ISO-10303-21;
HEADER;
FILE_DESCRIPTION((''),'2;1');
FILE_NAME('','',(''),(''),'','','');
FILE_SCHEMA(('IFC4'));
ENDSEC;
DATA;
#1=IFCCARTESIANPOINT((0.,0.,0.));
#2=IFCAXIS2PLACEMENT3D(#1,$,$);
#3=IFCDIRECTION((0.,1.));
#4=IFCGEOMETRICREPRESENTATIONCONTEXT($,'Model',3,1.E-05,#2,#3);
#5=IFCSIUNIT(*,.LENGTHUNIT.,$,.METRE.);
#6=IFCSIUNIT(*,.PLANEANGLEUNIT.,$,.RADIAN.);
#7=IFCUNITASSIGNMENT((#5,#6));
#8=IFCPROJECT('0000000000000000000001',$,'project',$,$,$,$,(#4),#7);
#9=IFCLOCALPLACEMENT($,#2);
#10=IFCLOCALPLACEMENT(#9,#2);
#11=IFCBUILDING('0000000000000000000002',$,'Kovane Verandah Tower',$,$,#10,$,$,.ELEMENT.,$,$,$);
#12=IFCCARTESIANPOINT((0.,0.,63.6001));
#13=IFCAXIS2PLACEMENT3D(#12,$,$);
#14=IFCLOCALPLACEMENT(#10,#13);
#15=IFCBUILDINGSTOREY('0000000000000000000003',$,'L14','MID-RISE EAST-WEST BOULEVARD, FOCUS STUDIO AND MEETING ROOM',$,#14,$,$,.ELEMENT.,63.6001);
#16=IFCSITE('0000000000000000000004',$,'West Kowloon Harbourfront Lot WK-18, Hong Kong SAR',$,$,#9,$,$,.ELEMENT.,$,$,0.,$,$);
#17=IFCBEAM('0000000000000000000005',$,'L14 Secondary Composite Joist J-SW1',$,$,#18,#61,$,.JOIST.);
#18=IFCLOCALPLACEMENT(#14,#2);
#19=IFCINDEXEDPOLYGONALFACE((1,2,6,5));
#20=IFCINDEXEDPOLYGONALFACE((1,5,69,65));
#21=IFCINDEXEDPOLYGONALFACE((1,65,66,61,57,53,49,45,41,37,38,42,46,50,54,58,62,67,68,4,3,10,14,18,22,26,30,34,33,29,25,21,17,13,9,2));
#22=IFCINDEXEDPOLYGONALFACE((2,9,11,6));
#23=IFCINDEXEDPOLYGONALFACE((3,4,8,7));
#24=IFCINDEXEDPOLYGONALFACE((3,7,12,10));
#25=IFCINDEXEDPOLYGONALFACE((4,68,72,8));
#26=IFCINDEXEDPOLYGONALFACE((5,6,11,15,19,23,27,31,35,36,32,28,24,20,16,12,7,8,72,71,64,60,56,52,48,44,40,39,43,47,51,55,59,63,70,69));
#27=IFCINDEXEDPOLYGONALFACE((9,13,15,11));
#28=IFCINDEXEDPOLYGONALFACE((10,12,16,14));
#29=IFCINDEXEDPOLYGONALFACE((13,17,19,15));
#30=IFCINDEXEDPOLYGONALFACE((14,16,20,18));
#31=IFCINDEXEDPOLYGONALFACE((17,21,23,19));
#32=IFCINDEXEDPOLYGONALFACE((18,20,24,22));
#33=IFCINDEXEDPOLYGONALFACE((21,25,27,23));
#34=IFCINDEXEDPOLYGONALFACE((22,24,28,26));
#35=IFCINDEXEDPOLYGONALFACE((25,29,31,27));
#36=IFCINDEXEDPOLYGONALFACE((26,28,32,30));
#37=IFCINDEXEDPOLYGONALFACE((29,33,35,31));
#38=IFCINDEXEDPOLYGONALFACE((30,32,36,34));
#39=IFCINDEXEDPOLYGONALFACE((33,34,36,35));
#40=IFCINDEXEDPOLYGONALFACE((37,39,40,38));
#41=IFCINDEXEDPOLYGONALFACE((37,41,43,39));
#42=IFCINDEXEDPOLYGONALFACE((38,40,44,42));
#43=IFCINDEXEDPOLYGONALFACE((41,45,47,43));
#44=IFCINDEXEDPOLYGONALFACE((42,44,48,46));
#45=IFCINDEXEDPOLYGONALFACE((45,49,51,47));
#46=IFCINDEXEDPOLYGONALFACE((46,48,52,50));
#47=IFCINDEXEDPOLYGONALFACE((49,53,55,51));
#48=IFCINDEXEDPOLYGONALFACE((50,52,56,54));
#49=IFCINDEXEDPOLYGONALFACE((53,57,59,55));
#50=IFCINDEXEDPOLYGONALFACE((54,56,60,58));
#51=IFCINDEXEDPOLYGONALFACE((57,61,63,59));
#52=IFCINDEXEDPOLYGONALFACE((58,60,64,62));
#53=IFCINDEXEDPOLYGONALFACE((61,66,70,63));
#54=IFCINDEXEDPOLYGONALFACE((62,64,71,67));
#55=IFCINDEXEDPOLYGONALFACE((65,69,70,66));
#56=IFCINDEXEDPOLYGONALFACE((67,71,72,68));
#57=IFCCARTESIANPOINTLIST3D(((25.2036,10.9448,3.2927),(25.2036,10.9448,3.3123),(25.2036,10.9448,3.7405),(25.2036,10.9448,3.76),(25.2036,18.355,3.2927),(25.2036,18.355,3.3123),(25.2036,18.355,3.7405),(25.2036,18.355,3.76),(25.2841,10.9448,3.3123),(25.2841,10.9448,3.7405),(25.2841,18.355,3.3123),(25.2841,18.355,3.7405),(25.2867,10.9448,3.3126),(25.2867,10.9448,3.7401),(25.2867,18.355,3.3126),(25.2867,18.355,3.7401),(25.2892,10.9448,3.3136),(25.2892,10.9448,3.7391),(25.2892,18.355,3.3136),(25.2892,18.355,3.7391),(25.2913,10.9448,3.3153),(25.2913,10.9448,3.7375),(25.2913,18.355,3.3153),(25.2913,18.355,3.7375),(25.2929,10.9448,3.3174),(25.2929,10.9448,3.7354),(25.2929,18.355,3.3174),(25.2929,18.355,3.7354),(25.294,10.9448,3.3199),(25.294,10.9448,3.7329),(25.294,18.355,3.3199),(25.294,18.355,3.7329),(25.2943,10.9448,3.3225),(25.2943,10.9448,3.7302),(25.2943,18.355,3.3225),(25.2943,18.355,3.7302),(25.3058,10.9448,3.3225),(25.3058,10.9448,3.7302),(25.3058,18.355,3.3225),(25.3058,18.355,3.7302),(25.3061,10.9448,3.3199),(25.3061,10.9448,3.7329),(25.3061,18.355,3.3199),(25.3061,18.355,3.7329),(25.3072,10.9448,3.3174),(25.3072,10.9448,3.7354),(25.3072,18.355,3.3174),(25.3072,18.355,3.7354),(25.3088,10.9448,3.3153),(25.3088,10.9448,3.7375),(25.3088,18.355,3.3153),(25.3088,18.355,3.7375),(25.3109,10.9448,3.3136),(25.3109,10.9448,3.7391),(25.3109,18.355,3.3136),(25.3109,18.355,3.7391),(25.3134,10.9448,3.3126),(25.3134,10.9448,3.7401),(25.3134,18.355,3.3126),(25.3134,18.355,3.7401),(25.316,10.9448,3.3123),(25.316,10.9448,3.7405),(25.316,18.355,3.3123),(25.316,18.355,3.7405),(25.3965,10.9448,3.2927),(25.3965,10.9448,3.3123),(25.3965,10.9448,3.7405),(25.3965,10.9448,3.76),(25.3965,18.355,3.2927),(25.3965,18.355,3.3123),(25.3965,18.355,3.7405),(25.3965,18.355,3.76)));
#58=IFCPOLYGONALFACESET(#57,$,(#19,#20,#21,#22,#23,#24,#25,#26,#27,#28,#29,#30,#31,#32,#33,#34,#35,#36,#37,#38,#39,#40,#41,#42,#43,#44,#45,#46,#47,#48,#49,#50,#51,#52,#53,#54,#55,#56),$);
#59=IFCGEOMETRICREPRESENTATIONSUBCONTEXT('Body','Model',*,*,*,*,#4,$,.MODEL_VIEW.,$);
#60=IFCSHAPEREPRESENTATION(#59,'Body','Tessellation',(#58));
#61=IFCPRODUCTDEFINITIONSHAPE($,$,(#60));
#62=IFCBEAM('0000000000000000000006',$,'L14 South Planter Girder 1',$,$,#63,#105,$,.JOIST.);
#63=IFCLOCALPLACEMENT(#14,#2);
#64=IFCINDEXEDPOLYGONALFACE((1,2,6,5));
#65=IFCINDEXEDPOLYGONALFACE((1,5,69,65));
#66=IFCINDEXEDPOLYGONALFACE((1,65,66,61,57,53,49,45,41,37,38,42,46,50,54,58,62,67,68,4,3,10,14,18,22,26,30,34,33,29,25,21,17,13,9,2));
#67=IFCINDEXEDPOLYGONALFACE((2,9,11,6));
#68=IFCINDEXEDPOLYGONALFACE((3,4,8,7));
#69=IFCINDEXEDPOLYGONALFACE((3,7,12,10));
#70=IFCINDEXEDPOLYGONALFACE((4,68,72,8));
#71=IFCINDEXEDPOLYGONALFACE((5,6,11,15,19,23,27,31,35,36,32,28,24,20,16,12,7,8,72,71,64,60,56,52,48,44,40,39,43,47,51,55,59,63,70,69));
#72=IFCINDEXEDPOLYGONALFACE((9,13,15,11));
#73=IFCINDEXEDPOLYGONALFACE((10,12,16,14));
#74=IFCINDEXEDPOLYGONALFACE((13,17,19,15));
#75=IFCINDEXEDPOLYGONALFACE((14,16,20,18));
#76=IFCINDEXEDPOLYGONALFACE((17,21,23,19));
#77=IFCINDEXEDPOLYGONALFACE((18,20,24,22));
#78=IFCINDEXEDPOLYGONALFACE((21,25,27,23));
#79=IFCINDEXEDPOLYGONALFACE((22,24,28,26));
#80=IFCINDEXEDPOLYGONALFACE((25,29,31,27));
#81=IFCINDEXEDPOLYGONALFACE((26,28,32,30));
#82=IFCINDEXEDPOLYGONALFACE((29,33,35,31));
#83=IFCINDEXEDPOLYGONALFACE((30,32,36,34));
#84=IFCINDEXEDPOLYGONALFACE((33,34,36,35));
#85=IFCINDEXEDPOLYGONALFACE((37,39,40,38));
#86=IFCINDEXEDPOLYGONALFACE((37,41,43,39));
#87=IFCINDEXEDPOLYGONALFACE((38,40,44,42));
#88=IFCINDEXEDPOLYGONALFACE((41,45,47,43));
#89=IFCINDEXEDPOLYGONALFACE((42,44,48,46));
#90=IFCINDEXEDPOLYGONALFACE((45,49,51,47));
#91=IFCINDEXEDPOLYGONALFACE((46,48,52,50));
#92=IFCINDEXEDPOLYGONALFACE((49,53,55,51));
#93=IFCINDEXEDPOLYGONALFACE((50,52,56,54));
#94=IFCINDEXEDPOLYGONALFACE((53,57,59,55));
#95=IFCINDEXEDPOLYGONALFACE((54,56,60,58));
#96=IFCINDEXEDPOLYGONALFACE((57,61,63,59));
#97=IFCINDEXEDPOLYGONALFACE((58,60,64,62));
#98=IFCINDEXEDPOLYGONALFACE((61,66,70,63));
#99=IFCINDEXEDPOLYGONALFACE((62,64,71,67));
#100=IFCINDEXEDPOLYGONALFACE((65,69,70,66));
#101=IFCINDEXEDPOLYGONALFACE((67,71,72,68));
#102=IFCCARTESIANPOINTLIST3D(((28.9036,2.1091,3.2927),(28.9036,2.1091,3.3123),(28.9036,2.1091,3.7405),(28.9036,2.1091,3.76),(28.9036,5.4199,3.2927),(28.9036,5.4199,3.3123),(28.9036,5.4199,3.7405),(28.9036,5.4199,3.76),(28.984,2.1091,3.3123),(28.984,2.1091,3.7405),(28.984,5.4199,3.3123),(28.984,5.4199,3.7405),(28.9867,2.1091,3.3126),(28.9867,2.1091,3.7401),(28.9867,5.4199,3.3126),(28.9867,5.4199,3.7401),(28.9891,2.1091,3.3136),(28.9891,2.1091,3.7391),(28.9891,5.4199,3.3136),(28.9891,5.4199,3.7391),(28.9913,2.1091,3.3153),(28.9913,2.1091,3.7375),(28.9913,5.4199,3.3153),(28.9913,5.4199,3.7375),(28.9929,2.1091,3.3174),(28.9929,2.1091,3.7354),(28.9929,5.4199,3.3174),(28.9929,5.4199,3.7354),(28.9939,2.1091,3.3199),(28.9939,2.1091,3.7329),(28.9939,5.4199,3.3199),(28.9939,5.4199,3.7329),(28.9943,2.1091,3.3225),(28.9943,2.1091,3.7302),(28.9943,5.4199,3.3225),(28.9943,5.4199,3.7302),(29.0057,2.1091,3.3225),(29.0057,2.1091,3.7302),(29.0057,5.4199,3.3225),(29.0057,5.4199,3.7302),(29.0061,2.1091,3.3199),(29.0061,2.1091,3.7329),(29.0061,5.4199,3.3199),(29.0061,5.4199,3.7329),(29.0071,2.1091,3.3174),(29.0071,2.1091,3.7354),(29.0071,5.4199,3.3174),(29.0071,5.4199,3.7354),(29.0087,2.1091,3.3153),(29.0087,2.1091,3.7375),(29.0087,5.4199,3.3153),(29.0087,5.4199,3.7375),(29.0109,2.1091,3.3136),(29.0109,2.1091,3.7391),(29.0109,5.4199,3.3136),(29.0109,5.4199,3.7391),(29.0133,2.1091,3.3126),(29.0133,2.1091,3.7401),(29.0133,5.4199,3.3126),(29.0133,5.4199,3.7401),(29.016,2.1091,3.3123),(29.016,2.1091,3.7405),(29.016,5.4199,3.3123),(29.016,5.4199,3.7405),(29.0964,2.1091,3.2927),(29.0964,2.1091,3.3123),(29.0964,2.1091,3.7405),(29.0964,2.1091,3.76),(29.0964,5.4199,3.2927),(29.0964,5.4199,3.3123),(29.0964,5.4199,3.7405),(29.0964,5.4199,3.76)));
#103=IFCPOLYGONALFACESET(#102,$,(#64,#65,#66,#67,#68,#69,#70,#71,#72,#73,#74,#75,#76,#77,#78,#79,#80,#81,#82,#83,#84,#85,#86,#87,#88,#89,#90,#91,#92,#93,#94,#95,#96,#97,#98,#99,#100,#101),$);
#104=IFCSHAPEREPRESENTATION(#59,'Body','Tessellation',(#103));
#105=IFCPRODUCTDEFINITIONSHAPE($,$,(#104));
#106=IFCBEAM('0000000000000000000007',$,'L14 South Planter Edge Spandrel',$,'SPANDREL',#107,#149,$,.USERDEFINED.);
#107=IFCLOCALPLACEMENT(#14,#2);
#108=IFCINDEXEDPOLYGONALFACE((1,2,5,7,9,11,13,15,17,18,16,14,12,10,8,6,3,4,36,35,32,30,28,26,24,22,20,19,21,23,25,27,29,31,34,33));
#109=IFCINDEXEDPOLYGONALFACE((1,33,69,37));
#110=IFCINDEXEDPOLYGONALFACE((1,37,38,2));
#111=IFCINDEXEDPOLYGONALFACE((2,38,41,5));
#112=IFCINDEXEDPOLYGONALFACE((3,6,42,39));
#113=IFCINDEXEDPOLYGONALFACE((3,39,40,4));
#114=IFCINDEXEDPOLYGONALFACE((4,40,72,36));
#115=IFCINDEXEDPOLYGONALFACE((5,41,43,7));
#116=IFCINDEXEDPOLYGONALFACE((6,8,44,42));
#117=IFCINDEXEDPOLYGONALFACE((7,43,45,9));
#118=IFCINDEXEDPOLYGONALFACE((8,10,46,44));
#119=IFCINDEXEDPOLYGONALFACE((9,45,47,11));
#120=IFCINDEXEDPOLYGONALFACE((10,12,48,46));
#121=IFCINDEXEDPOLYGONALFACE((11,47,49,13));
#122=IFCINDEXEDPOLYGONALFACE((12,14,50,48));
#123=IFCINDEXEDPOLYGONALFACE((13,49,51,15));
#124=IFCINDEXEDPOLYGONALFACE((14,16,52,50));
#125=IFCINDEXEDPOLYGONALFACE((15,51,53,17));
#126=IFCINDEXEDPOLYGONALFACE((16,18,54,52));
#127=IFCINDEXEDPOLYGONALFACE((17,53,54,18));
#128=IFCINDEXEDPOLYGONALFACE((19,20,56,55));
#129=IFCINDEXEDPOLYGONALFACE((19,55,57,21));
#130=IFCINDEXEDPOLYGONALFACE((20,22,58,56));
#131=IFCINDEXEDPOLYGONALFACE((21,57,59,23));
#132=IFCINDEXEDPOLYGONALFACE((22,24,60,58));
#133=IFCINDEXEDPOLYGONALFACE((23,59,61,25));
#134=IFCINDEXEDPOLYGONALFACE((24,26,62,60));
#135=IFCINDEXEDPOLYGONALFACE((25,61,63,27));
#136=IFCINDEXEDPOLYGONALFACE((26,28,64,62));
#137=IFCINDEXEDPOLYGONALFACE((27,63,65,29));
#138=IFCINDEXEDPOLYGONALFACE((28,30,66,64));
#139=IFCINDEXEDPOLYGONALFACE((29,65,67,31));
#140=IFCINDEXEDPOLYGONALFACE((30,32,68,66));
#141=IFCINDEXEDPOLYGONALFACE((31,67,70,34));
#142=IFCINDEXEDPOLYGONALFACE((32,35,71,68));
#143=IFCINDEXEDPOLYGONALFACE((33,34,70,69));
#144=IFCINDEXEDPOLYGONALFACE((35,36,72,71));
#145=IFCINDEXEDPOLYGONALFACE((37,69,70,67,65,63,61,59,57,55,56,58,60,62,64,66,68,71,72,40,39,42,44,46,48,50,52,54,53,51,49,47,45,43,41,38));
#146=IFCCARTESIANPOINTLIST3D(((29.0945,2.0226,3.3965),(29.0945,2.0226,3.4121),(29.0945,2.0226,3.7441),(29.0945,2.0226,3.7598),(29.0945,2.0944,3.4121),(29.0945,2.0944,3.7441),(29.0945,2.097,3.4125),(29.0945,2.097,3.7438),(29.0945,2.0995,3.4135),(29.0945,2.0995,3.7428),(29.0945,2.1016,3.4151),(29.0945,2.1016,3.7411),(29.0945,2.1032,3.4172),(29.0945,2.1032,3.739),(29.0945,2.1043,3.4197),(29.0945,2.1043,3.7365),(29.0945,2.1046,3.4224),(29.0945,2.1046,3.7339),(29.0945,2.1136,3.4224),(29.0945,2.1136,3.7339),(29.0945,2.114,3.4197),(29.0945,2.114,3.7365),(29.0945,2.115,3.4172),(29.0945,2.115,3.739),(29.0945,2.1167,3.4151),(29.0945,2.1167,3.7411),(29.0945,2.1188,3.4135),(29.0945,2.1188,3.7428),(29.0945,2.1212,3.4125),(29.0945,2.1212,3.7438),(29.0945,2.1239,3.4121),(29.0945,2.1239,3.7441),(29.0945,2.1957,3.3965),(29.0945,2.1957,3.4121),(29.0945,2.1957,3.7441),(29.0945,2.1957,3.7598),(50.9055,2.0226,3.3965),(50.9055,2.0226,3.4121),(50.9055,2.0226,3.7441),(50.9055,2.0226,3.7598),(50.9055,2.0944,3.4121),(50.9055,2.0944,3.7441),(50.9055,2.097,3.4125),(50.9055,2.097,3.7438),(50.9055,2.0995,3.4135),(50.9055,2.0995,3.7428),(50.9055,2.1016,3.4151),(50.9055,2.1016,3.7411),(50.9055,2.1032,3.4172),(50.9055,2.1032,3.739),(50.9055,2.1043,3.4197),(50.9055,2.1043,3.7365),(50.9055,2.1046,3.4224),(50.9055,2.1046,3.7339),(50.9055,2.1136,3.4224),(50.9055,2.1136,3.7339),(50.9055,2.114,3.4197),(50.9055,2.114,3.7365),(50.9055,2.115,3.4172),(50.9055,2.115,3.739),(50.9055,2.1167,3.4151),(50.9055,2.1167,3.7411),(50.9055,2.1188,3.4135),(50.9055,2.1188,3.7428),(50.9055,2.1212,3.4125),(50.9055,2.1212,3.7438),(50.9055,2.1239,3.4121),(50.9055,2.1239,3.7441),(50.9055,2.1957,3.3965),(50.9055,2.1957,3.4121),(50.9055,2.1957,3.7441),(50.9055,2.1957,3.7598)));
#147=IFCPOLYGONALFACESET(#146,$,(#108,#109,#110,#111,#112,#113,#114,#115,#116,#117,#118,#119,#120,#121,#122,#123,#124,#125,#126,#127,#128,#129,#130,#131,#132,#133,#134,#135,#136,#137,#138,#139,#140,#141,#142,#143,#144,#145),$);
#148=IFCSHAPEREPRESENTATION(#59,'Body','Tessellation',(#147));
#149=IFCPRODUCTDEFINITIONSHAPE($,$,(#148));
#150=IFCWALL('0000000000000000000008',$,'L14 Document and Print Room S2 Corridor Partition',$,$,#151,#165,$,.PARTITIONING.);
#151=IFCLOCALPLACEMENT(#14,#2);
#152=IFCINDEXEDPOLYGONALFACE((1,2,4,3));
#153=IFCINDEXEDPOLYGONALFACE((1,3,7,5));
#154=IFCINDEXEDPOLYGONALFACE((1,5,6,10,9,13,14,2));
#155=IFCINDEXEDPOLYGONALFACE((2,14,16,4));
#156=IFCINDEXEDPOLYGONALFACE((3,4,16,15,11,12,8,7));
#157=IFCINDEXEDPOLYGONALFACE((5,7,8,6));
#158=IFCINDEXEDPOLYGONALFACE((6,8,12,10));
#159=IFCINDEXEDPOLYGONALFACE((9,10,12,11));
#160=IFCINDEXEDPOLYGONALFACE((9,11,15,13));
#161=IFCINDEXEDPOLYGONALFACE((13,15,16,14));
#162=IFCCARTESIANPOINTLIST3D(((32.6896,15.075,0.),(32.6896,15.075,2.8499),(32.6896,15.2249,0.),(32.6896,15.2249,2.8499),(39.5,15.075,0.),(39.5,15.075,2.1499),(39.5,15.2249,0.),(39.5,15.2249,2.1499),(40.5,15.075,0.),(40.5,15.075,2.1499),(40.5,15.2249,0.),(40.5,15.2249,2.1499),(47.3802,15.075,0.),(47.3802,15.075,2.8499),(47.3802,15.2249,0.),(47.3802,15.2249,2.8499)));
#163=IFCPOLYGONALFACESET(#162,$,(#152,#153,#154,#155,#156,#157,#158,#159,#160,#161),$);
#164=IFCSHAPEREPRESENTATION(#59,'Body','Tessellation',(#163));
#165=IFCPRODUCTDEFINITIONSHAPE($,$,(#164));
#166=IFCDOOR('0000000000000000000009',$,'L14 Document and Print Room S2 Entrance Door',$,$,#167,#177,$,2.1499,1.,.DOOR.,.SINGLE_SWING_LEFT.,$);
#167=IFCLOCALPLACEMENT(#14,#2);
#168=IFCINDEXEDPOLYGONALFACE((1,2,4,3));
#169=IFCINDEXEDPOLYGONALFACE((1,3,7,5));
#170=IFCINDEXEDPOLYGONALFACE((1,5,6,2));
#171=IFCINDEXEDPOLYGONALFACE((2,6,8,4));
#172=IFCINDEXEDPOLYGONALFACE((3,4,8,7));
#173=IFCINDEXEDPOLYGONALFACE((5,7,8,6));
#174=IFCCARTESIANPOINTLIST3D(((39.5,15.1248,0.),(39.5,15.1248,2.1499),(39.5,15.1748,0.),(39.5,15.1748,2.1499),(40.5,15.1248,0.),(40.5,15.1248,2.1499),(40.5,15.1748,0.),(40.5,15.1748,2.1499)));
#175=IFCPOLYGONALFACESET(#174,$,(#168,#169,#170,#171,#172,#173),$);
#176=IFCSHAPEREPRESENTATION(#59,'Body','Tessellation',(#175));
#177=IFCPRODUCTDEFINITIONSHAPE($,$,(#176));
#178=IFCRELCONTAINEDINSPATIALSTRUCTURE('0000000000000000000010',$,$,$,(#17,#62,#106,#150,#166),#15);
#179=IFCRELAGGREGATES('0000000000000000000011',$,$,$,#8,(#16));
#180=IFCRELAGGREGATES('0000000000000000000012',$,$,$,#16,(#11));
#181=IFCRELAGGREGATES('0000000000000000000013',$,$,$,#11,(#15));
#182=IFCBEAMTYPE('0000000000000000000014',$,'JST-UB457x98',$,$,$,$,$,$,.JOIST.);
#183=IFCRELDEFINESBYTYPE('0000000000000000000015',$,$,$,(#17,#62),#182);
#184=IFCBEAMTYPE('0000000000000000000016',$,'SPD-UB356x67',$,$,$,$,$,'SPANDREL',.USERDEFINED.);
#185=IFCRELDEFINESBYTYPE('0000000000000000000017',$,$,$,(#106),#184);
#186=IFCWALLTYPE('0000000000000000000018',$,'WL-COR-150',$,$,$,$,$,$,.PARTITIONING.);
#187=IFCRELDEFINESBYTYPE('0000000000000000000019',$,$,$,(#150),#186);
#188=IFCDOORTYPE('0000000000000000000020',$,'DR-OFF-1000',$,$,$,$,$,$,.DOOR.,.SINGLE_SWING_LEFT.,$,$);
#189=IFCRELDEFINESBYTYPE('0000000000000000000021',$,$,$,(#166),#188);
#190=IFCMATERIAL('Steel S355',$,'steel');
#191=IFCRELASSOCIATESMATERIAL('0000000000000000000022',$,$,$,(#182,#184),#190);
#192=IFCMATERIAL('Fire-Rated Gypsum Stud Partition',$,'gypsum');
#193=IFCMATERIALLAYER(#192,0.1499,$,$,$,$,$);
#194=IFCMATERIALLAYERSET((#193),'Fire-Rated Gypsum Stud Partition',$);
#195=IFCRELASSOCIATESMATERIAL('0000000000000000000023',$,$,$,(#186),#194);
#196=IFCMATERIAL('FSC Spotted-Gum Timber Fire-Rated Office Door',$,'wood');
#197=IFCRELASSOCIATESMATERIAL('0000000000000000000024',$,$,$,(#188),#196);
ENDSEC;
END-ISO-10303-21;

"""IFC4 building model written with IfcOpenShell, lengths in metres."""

from ifc_helpers import new_model, si_unit, direction, frame, frame_2d, origin, origin_2d, place, context, subcontext, project, spatial, rectangle, i_section, extrude, material, layer, layer_set, material_profile, profile_set, type_object, element, fill, save


model = new_model("IFC4")

# Units and contexts
model_context = context("Model", 3, precision=1e-05, world=origin(), true_north=direction((0.0, 1.0)))
body_context = subcontext(model_context, "Body", "Model", "MODEL_VIEW")
ifc_project = project(units=[si_unit("LENGTHUNIT", "METRE"), si_unit("PLANEANGLEUNIT", "RADIAN")], contexts=[model_context])

# Site, building, storey
site_placement = place(None, origin())
site = spatial("IfcSite", under=ifc_project, at=site_placement, Name="West Kowloon Harbourfront Lot WK-18, Hong Kong SAR", CompositionType="ELEMENT", RefElevation=0.0)
building_placement = place(site_placement, origin())
building = spatial("IfcBuilding", under=site, at=building_placement, Name="Kovane Verandah Tower", CompositionType="ELEMENT")
storey_placement = place(building_placement, frame((0.0, 0.0, 63.6001)))
storey = spatial("IfcBuildingStorey", under=building, at=storey_placement, Name="L14", Description="MID-RISE EAST-WEST BOULEVARD, FOCUS STUDIO AND MEETING ROOM", CompositionType="ELEMENT", Elevation=63.6001)

# Beams
ifc_material_1 = material(Name="Steel S355", Category="steel")
ifc_material_profile_1 = material_profile(ifc_material_1, i_section(OverallWidth=0.1929, OverallDepth=0.4673, WebThickness=0.0115, FlangeThickness=0.0195, FilletRadius=0.0103, at=origin_2d()), Name="UB457x191x98")
ifc_profile_set_1 = profile_set([ifc_material_profile_1], Name="Steel S355")
beam_type_1 = type_object("IfcBeamType", Name="JST-UB457x98", PredefinedType="JOIST", material=ifc_profile_set_1)
beam_1_placement = place(storey_placement, frame((25.3, 10.9448, 3.5264), z_axis=(0.0, 1.0, 0.0), x_axis=(-1.0, 0.0, 0.0)))
element("IfcBeam", 1, at=beam_1_placement, inside=storey, type_object=beam_type_1, Name="L14 Secondary Composite Joist J-SW1", PredefinedType="JOIST", context=body_context, shape_type="SweptSolid", body=[
    extrude(i_section(OverallWidth=0.1929, OverallDepth=0.4673, WebThickness=0.0115, FlangeThickness=0.0195, FilletRadius=0.0103, at=origin_2d()), origin(), (0.0, 0.0, 1.0), 7.4102),
])
beam_2_placement = place(storey_placement, frame((29.0, 5.4199, 3.5264), z_axis=(0.0, -1.0, 0.0), x_axis=(1.0, 0.0, 0.0)))
element("IfcBeam", 2, at=beam_2_placement, inside=storey, type_object=beam_type_1, Name="L14 South Planter Girder 1", PredefinedType="JOIST", context=body_context, shape_type="SweptSolid", body=[
    extrude(i_section(OverallWidth=0.1929, OverallDepth=0.4673, WebThickness=0.0115, FlangeThickness=0.0195, FilletRadius=0.0103, at=origin_2d()), origin(), (0.0, 0.0, 1.0), 3.3108),
])
ifc_material_profile_2 = material_profile(ifc_material_1, i_section(OverallWidth=0.1731, OverallDepth=0.3633, WebThickness=0.009, FlangeThickness=0.0156, FilletRadius=0.0103, at=origin_2d()), Name="UB356x171x67")
ifc_profile_set_2 = profile_set([ifc_material_profile_2], Name="Steel S355")
beam_type_2 = type_object("IfcBeamType", Name="SPD-UB356x67", ElementType="SPANDREL", PredefinedType="USERDEFINED", material=ifc_profile_set_2)
beam_3_placement = place(storey_placement, frame((29.0945, 2.1091, 3.5781), z_axis=(1.0, 0.0, 0.0), x_axis=(0.0, 1.0, 0.0)))
element("IfcBeam", 3, at=beam_3_placement, inside=storey, type_object=beam_type_2, Name="L14 South Planter Edge Spandrel", ObjectType="SPANDREL", PredefinedType="USERDEFINED", context=body_context, shape_type="SweptSolid", body=[
    extrude(i_section(OverallWidth=0.1731, OverallDepth=0.3633, WebThickness=0.009, FlangeThickness=0.0156, FilletRadius=0.0103, at=origin_2d()), origin(), (0.0, 0.0, 1.0), 21.811),
])

# Wall, opening, door
ifc_material_2 = material(Name="Fire-Rated Gypsum Stud Partition", Category="gypsum")
ifc_layer_1 = layer(ifc_material_2, 0.1499)
ifc_layer_set_1 = layer_set([ifc_layer_1], Name="Fire-Rated Gypsum Stud Partition")
wall_type_1 = type_object("IfcWallType", Name="WL-COR-150", PredefinedType="PARTITIONING", material=ifc_layer_set_1)
wall_1_placement = place(storey_placement, frame((32.6897, 15.1499, 0.0), z_axis=(0.0, 0.0, 1.0), x_axis=(1.0, 0.0, 0.0)))
wall_1 = element("IfcWall", 4, at=wall_1_placement, inside=storey, type_object=wall_type_1, Name="L14 Document and Print Room S2 Corridor Partition", PredefinedType="PARTITIONING", context=body_context, shape_type="SweptSolid", body=[
    extrude(rectangle(XDim=14.6907, YDim=0.1499, at=frame_2d((7.3452, 0.0))), origin(), (0.0, 0.0, 1.0), 2.8499),
])
opening_1_placement = place(wall_1_placement, frame((6.8103, 0.0, 0.0)))
opening_1 = element("IfcOpeningElement", 5, at=opening_1_placement, cuts=wall_1, PredefinedType="OPENING", context=body_context, shape_type="SweptSolid", body=[
    extrude(rectangle(XDim=1.0, YDim=2.1499, at=frame_2d((0.5, 1.075))), frame((0.0, 0.075, 0.0), z_axis=(0.0, -1.0, 0.0), x_axis=(1.0, 0.0, 0.0)), (0.0, 0.0, 1.0), 0.1499),
])
ifc_material_3 = material(Name="FSC Spotted-Gum Timber Fire-Rated Office Door", Category="wood")
door_type_1 = type_object("IfcDoorType", Name="DR-OFF-1000", OperationType="SINGLE_SWING_LEFT", PredefinedType="DOOR", material=ifc_material_3)
door_1_placement = place(opening_1_placement, origin())
door_1 = element("IfcDoor", 6, at=door_1_placement, inside=storey, type_object=door_type_1, Name="L14 Document and Print Room S2 Entrance Door", OperationType="SINGLE_SWING_LEFT", OverallHeight=2.1499, OverallWidth=1.0, PredefinedType="DOOR", context=body_context, shape_type="SweptSolid", body=[
    extrude(rectangle(XDim=1.0, YDim=2.1499, at=frame_2d((0.5, 1.075))), frame((0.0, 0.0249, 0.0), z_axis=(0.0, -1.0, 0.0), x_axis=(1.0, 0.0, 0.0)), (0.0, 0.0, 1.0), 0.05),
])
fill(opening_1, door_1)

save(model, "model.ifc")
